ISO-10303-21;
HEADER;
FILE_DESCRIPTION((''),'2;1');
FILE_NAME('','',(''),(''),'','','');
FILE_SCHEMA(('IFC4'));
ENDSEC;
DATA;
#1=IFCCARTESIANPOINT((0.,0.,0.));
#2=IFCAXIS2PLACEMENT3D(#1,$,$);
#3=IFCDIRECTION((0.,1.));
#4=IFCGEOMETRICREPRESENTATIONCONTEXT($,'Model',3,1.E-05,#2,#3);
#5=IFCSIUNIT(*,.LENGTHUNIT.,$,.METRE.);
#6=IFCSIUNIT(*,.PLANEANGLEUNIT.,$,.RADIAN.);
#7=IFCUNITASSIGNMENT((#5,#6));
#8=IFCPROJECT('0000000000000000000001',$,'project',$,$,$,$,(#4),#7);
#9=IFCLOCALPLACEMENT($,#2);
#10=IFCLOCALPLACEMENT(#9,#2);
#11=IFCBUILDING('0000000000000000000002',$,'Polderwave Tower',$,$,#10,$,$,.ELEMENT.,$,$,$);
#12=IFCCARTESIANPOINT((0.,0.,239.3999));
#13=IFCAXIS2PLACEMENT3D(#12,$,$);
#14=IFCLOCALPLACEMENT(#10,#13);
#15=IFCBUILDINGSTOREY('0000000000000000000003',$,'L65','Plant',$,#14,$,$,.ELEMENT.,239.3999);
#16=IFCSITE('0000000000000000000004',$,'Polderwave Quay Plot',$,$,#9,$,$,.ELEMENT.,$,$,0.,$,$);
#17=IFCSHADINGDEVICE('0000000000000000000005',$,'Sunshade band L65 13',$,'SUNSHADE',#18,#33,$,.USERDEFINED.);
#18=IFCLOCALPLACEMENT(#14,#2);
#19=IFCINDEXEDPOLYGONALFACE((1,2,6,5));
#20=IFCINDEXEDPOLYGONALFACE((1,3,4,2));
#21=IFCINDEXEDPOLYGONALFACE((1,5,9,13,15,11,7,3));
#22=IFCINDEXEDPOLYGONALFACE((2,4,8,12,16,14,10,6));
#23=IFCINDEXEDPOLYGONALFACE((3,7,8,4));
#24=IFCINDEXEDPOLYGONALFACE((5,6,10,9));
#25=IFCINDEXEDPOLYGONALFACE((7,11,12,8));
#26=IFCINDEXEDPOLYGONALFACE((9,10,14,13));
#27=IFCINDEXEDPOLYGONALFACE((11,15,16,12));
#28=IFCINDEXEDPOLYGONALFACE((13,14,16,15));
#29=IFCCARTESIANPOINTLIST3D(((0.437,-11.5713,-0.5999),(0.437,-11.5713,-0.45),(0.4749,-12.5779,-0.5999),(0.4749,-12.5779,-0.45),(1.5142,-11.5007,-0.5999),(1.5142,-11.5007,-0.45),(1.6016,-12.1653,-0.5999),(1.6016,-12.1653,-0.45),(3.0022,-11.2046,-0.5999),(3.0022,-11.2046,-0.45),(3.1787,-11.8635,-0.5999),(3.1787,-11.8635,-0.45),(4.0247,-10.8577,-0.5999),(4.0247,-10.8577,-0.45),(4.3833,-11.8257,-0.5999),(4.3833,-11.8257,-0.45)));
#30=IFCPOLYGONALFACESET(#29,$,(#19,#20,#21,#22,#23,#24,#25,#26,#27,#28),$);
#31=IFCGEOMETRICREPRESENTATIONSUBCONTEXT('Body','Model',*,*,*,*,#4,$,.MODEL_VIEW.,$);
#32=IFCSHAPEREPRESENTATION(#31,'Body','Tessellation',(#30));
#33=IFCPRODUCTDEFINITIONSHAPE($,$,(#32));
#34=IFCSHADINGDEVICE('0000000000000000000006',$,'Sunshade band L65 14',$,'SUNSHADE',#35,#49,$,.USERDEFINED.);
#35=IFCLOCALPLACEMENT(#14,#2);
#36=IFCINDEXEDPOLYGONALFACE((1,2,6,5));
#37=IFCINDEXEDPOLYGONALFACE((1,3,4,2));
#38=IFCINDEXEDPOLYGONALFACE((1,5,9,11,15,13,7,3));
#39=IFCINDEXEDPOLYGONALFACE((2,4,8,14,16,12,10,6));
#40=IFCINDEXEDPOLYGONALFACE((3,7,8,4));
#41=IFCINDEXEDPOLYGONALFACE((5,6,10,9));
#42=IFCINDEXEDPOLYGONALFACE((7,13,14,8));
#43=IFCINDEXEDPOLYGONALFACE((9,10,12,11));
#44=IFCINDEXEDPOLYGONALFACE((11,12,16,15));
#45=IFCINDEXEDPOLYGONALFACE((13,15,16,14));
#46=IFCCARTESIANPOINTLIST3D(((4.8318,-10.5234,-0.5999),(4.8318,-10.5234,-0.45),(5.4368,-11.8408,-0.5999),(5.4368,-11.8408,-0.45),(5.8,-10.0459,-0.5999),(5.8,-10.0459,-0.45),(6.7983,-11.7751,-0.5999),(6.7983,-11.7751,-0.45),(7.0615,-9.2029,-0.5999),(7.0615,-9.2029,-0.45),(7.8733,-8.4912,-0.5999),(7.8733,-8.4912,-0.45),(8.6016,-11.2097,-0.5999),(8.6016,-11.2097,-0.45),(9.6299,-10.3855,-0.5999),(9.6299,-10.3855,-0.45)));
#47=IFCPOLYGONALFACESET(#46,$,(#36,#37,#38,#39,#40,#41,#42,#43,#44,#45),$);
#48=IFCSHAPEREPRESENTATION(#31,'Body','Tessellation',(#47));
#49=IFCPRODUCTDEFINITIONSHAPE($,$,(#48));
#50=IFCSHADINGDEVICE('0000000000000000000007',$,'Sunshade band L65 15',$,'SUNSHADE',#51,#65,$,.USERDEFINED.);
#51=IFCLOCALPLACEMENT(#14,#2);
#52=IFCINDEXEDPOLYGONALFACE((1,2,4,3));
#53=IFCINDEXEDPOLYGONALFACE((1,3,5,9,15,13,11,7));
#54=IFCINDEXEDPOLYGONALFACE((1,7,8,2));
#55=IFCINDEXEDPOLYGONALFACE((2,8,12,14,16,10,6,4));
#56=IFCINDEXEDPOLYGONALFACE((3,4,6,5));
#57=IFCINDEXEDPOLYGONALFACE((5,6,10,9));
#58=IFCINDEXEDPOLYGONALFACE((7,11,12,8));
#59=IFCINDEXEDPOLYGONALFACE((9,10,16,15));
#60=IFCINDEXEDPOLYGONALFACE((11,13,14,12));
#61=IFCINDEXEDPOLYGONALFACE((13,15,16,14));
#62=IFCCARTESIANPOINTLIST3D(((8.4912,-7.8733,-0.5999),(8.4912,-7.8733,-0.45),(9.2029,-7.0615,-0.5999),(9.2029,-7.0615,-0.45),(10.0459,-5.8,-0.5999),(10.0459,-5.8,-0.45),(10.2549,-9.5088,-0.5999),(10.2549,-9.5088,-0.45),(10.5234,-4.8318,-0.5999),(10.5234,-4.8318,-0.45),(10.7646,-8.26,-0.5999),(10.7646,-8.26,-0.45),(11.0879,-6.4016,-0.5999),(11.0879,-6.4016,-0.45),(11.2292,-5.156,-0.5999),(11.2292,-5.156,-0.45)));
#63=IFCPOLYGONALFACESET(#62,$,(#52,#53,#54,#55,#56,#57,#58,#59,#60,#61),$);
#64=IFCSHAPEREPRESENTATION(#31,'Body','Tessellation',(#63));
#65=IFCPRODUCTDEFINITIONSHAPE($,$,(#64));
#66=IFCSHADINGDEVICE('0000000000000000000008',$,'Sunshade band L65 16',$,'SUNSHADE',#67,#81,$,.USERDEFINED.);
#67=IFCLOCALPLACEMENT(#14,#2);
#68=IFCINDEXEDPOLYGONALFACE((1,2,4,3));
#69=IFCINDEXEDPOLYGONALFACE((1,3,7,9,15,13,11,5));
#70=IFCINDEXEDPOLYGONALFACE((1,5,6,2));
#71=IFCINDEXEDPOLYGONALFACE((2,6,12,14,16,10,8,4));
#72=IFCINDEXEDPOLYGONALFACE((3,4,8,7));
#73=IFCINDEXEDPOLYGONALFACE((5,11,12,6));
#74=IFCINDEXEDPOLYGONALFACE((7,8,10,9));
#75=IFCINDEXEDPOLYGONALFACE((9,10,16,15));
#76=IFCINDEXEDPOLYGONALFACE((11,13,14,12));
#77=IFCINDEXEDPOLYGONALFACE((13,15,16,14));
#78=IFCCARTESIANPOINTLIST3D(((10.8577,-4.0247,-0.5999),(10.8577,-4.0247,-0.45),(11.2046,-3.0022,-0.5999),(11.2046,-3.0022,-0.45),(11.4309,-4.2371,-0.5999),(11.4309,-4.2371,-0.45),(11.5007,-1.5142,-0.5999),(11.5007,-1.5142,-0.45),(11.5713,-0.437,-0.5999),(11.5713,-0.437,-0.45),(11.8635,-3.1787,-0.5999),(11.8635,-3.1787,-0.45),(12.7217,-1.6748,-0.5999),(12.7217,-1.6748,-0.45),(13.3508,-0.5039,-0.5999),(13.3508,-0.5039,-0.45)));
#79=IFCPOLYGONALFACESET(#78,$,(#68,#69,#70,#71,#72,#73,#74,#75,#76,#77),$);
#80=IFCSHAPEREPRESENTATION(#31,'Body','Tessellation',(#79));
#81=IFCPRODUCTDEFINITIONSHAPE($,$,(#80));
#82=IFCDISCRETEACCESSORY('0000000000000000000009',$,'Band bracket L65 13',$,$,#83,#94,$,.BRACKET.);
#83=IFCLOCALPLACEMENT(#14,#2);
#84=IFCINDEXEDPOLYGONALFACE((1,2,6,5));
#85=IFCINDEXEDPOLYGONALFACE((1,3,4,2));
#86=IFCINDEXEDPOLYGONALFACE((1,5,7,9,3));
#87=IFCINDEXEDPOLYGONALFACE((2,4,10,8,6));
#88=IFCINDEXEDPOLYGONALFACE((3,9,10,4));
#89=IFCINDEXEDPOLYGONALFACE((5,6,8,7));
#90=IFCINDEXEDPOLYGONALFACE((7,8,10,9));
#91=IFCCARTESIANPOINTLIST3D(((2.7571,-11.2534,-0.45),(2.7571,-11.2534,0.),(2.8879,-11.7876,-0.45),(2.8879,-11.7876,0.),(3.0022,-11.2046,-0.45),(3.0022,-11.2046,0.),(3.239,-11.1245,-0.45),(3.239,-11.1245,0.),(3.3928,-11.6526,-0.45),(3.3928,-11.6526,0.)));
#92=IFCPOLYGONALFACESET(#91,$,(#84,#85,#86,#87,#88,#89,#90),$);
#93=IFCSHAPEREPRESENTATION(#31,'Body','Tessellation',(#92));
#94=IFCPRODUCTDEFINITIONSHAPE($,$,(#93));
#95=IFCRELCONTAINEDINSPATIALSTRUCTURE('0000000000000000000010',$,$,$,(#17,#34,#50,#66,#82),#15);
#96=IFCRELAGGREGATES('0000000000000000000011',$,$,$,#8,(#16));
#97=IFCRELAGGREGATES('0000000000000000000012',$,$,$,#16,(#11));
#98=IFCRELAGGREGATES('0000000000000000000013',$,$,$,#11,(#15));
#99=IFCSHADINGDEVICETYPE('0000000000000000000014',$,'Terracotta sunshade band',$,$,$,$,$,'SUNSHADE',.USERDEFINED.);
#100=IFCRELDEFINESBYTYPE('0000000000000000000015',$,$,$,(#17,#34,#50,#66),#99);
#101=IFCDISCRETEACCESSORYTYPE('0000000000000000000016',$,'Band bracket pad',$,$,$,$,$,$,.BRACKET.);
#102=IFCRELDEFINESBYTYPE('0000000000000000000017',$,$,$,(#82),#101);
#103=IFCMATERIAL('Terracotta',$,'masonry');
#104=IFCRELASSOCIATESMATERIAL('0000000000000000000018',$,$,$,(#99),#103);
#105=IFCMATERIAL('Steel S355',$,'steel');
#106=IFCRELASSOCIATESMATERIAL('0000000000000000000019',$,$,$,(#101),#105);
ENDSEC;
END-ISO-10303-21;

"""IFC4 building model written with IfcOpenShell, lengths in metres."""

from ifc_helpers import new_model, si_unit, direction, frame, origin, place, context, subcontext, project, spatial, polyline, outline, extrude, material, type_object, element, save


model = new_model("IFC4")

# Units and contexts
model_context = context("Model", 3, precision=1e-05, world=origin(), true_north=direction((0.0, 1.0)))
body_context = subcontext(model_context, "Body", "Model", "MODEL_VIEW")
ifc_project = project(units=[si_unit("LENGTHUNIT", "METRE"), si_unit("PLANEANGLEUNIT", "RADIAN")], contexts=[model_context])

# Site, building, storey
site_placement = place(None, origin())
site = spatial("IfcSite", under=ifc_project, at=site_placement, Name="Polderwave Quay Plot", CompositionType="ELEMENT", RefElevation=0.0)
building_placement = place(site_placement, origin())
building = spatial("IfcBuilding", under=site, at=building_placement, Name="Polderwave Tower", CompositionType="ELEMENT")
storey_placement = place(building_placement, frame((0.0, 0.0, 239.3999)))
storey = spatial("IfcBuildingStorey", under=building, at=storey_placement, Name="L65", Description="Plant", CompositionType="ELEMENT", Elevation=239.3999)

# Shading devices
ifc_material_1 = material(Name="Terracotta", Category="masonry")
shading_device_type = type_object("IfcShadingDeviceType", Name="Terracotta sunshade band", ElementType="SUNSHADE", PredefinedType="USERDEFINED", material=ifc_material_1)
shading_device_1_placement = place(storey_placement, frame((0.0, 0.0, -0.5999)))
element("IfcShadingDevice", 1, at=shading_device_1_placement, inside=storey, type_object=shading_device_type, Name="Sunshade band L65 13", ObjectType="SUNSHADE", PredefinedType="USERDEFINED", context=body_context, shape_type="SweptSolid", body=[
    extrude(outline(polyline([(0.437, -11.5713), (1.5142, -11.5007), (3.0022, -11.2046), (4.0247, -10.8577), (4.3833, -11.8257), (3.1787, -11.8635), (1.6016, -12.1653), (0.4749, -12.5779), (0.437, -11.5713)])), origin(), (0.0, 0.0, 1.0), 0.1499),
])
shading_device_2_placement = place(storey_placement, frame((0.0, 0.0, -0.5999)))
element("IfcShadingDevice", 2, at=shading_device_2_placement, inside=storey, type_object=shading_device_type, Name="Sunshade band L65 14", ObjectType="SUNSHADE", PredefinedType="USERDEFINED", context=body_context, shape_type="SweptSolid", body=[
    extrude(outline(polyline([(4.8318, -10.5234), (5.8, -10.0459), (7.0615, -9.2029), (7.8733, -8.4912), (9.6299, -10.3855), (8.6016, -11.2097), (6.7983, -11.7751), (5.4368, -11.8408), (4.8318, -10.5234)])), origin(), (0.0, 0.0, 1.0), 0.1499),
])
shading_device_3_placement = place(storey_placement, frame((0.0, 0.0, -0.5999)))
element("IfcShadingDevice", 3, at=shading_device_3_placement, inside=storey, type_object=shading_device_type, Name="Sunshade band L65 15", ObjectType="SUNSHADE", PredefinedType="USERDEFINED", context=body_context, shape_type="SweptSolid", body=[
    extrude(outline(polyline([(8.4912, -7.8733), (9.2029, -7.0615), (10.0459, -5.8), (10.5234, -4.8318), (11.2292, -5.156), (11.0879, -6.4016), (10.7646, -8.26), (10.2549, -9.5088), (8.4912, -7.8733)])), origin(), (0.0, 0.0, 1.0), 0.1499),
])
shading_device_4_placement = place(storey_placement, frame((0.0, 0.0, -0.5999)))
element("IfcShadingDevice", 4, at=shading_device_4_placement, inside=storey, type_object=shading_device_type, Name="Sunshade band L65 16", ObjectType="SUNSHADE", PredefinedType="USERDEFINED", context=body_context, shape_type="SweptSolid", body=[
    extrude(outline(polyline([(10.8577, -4.0247), (11.2046, -3.0022), (11.5007, -1.5142), (11.5713, -0.437), (13.3508, -0.5039), (12.7217, -1.6748), (11.8635, -3.1787), (11.4309, -4.2371), (10.8577, -4.0247)])), origin(), (0.0, 0.0, 1.0), 0.1499),
])

# Discrete accessory
ifc_material_2 = material(Name="Steel S355", Category="steel")
discrete_accessory_type = type_object("IfcDiscreteAccessoryType", Name="Band bracket pad", PredefinedType="BRACKET", material=ifc_material_2)
discrete_accessory_placement = place(storey_placement, frame((0.0, 0.0, -0.45)))
element("IfcDiscreteAccessory", 5, at=discrete_accessory_placement, inside=storey, type_object=discrete_accessory_type, Name="Band bracket L65 13", PredefinedType="BRACKET", context=body_context, shape_type="SweptSolid", body=[
    extrude(outline(polyline([(2.7571, -11.2534), (3.0022, -11.2046), (3.239, -11.1245), (3.3928, -11.6526), (2.8879, -11.7876), (2.7571, -11.2534)])), origin(), (0.0, 0.0, 1.0), 0.45),
])

save(model, "model.ifc")
